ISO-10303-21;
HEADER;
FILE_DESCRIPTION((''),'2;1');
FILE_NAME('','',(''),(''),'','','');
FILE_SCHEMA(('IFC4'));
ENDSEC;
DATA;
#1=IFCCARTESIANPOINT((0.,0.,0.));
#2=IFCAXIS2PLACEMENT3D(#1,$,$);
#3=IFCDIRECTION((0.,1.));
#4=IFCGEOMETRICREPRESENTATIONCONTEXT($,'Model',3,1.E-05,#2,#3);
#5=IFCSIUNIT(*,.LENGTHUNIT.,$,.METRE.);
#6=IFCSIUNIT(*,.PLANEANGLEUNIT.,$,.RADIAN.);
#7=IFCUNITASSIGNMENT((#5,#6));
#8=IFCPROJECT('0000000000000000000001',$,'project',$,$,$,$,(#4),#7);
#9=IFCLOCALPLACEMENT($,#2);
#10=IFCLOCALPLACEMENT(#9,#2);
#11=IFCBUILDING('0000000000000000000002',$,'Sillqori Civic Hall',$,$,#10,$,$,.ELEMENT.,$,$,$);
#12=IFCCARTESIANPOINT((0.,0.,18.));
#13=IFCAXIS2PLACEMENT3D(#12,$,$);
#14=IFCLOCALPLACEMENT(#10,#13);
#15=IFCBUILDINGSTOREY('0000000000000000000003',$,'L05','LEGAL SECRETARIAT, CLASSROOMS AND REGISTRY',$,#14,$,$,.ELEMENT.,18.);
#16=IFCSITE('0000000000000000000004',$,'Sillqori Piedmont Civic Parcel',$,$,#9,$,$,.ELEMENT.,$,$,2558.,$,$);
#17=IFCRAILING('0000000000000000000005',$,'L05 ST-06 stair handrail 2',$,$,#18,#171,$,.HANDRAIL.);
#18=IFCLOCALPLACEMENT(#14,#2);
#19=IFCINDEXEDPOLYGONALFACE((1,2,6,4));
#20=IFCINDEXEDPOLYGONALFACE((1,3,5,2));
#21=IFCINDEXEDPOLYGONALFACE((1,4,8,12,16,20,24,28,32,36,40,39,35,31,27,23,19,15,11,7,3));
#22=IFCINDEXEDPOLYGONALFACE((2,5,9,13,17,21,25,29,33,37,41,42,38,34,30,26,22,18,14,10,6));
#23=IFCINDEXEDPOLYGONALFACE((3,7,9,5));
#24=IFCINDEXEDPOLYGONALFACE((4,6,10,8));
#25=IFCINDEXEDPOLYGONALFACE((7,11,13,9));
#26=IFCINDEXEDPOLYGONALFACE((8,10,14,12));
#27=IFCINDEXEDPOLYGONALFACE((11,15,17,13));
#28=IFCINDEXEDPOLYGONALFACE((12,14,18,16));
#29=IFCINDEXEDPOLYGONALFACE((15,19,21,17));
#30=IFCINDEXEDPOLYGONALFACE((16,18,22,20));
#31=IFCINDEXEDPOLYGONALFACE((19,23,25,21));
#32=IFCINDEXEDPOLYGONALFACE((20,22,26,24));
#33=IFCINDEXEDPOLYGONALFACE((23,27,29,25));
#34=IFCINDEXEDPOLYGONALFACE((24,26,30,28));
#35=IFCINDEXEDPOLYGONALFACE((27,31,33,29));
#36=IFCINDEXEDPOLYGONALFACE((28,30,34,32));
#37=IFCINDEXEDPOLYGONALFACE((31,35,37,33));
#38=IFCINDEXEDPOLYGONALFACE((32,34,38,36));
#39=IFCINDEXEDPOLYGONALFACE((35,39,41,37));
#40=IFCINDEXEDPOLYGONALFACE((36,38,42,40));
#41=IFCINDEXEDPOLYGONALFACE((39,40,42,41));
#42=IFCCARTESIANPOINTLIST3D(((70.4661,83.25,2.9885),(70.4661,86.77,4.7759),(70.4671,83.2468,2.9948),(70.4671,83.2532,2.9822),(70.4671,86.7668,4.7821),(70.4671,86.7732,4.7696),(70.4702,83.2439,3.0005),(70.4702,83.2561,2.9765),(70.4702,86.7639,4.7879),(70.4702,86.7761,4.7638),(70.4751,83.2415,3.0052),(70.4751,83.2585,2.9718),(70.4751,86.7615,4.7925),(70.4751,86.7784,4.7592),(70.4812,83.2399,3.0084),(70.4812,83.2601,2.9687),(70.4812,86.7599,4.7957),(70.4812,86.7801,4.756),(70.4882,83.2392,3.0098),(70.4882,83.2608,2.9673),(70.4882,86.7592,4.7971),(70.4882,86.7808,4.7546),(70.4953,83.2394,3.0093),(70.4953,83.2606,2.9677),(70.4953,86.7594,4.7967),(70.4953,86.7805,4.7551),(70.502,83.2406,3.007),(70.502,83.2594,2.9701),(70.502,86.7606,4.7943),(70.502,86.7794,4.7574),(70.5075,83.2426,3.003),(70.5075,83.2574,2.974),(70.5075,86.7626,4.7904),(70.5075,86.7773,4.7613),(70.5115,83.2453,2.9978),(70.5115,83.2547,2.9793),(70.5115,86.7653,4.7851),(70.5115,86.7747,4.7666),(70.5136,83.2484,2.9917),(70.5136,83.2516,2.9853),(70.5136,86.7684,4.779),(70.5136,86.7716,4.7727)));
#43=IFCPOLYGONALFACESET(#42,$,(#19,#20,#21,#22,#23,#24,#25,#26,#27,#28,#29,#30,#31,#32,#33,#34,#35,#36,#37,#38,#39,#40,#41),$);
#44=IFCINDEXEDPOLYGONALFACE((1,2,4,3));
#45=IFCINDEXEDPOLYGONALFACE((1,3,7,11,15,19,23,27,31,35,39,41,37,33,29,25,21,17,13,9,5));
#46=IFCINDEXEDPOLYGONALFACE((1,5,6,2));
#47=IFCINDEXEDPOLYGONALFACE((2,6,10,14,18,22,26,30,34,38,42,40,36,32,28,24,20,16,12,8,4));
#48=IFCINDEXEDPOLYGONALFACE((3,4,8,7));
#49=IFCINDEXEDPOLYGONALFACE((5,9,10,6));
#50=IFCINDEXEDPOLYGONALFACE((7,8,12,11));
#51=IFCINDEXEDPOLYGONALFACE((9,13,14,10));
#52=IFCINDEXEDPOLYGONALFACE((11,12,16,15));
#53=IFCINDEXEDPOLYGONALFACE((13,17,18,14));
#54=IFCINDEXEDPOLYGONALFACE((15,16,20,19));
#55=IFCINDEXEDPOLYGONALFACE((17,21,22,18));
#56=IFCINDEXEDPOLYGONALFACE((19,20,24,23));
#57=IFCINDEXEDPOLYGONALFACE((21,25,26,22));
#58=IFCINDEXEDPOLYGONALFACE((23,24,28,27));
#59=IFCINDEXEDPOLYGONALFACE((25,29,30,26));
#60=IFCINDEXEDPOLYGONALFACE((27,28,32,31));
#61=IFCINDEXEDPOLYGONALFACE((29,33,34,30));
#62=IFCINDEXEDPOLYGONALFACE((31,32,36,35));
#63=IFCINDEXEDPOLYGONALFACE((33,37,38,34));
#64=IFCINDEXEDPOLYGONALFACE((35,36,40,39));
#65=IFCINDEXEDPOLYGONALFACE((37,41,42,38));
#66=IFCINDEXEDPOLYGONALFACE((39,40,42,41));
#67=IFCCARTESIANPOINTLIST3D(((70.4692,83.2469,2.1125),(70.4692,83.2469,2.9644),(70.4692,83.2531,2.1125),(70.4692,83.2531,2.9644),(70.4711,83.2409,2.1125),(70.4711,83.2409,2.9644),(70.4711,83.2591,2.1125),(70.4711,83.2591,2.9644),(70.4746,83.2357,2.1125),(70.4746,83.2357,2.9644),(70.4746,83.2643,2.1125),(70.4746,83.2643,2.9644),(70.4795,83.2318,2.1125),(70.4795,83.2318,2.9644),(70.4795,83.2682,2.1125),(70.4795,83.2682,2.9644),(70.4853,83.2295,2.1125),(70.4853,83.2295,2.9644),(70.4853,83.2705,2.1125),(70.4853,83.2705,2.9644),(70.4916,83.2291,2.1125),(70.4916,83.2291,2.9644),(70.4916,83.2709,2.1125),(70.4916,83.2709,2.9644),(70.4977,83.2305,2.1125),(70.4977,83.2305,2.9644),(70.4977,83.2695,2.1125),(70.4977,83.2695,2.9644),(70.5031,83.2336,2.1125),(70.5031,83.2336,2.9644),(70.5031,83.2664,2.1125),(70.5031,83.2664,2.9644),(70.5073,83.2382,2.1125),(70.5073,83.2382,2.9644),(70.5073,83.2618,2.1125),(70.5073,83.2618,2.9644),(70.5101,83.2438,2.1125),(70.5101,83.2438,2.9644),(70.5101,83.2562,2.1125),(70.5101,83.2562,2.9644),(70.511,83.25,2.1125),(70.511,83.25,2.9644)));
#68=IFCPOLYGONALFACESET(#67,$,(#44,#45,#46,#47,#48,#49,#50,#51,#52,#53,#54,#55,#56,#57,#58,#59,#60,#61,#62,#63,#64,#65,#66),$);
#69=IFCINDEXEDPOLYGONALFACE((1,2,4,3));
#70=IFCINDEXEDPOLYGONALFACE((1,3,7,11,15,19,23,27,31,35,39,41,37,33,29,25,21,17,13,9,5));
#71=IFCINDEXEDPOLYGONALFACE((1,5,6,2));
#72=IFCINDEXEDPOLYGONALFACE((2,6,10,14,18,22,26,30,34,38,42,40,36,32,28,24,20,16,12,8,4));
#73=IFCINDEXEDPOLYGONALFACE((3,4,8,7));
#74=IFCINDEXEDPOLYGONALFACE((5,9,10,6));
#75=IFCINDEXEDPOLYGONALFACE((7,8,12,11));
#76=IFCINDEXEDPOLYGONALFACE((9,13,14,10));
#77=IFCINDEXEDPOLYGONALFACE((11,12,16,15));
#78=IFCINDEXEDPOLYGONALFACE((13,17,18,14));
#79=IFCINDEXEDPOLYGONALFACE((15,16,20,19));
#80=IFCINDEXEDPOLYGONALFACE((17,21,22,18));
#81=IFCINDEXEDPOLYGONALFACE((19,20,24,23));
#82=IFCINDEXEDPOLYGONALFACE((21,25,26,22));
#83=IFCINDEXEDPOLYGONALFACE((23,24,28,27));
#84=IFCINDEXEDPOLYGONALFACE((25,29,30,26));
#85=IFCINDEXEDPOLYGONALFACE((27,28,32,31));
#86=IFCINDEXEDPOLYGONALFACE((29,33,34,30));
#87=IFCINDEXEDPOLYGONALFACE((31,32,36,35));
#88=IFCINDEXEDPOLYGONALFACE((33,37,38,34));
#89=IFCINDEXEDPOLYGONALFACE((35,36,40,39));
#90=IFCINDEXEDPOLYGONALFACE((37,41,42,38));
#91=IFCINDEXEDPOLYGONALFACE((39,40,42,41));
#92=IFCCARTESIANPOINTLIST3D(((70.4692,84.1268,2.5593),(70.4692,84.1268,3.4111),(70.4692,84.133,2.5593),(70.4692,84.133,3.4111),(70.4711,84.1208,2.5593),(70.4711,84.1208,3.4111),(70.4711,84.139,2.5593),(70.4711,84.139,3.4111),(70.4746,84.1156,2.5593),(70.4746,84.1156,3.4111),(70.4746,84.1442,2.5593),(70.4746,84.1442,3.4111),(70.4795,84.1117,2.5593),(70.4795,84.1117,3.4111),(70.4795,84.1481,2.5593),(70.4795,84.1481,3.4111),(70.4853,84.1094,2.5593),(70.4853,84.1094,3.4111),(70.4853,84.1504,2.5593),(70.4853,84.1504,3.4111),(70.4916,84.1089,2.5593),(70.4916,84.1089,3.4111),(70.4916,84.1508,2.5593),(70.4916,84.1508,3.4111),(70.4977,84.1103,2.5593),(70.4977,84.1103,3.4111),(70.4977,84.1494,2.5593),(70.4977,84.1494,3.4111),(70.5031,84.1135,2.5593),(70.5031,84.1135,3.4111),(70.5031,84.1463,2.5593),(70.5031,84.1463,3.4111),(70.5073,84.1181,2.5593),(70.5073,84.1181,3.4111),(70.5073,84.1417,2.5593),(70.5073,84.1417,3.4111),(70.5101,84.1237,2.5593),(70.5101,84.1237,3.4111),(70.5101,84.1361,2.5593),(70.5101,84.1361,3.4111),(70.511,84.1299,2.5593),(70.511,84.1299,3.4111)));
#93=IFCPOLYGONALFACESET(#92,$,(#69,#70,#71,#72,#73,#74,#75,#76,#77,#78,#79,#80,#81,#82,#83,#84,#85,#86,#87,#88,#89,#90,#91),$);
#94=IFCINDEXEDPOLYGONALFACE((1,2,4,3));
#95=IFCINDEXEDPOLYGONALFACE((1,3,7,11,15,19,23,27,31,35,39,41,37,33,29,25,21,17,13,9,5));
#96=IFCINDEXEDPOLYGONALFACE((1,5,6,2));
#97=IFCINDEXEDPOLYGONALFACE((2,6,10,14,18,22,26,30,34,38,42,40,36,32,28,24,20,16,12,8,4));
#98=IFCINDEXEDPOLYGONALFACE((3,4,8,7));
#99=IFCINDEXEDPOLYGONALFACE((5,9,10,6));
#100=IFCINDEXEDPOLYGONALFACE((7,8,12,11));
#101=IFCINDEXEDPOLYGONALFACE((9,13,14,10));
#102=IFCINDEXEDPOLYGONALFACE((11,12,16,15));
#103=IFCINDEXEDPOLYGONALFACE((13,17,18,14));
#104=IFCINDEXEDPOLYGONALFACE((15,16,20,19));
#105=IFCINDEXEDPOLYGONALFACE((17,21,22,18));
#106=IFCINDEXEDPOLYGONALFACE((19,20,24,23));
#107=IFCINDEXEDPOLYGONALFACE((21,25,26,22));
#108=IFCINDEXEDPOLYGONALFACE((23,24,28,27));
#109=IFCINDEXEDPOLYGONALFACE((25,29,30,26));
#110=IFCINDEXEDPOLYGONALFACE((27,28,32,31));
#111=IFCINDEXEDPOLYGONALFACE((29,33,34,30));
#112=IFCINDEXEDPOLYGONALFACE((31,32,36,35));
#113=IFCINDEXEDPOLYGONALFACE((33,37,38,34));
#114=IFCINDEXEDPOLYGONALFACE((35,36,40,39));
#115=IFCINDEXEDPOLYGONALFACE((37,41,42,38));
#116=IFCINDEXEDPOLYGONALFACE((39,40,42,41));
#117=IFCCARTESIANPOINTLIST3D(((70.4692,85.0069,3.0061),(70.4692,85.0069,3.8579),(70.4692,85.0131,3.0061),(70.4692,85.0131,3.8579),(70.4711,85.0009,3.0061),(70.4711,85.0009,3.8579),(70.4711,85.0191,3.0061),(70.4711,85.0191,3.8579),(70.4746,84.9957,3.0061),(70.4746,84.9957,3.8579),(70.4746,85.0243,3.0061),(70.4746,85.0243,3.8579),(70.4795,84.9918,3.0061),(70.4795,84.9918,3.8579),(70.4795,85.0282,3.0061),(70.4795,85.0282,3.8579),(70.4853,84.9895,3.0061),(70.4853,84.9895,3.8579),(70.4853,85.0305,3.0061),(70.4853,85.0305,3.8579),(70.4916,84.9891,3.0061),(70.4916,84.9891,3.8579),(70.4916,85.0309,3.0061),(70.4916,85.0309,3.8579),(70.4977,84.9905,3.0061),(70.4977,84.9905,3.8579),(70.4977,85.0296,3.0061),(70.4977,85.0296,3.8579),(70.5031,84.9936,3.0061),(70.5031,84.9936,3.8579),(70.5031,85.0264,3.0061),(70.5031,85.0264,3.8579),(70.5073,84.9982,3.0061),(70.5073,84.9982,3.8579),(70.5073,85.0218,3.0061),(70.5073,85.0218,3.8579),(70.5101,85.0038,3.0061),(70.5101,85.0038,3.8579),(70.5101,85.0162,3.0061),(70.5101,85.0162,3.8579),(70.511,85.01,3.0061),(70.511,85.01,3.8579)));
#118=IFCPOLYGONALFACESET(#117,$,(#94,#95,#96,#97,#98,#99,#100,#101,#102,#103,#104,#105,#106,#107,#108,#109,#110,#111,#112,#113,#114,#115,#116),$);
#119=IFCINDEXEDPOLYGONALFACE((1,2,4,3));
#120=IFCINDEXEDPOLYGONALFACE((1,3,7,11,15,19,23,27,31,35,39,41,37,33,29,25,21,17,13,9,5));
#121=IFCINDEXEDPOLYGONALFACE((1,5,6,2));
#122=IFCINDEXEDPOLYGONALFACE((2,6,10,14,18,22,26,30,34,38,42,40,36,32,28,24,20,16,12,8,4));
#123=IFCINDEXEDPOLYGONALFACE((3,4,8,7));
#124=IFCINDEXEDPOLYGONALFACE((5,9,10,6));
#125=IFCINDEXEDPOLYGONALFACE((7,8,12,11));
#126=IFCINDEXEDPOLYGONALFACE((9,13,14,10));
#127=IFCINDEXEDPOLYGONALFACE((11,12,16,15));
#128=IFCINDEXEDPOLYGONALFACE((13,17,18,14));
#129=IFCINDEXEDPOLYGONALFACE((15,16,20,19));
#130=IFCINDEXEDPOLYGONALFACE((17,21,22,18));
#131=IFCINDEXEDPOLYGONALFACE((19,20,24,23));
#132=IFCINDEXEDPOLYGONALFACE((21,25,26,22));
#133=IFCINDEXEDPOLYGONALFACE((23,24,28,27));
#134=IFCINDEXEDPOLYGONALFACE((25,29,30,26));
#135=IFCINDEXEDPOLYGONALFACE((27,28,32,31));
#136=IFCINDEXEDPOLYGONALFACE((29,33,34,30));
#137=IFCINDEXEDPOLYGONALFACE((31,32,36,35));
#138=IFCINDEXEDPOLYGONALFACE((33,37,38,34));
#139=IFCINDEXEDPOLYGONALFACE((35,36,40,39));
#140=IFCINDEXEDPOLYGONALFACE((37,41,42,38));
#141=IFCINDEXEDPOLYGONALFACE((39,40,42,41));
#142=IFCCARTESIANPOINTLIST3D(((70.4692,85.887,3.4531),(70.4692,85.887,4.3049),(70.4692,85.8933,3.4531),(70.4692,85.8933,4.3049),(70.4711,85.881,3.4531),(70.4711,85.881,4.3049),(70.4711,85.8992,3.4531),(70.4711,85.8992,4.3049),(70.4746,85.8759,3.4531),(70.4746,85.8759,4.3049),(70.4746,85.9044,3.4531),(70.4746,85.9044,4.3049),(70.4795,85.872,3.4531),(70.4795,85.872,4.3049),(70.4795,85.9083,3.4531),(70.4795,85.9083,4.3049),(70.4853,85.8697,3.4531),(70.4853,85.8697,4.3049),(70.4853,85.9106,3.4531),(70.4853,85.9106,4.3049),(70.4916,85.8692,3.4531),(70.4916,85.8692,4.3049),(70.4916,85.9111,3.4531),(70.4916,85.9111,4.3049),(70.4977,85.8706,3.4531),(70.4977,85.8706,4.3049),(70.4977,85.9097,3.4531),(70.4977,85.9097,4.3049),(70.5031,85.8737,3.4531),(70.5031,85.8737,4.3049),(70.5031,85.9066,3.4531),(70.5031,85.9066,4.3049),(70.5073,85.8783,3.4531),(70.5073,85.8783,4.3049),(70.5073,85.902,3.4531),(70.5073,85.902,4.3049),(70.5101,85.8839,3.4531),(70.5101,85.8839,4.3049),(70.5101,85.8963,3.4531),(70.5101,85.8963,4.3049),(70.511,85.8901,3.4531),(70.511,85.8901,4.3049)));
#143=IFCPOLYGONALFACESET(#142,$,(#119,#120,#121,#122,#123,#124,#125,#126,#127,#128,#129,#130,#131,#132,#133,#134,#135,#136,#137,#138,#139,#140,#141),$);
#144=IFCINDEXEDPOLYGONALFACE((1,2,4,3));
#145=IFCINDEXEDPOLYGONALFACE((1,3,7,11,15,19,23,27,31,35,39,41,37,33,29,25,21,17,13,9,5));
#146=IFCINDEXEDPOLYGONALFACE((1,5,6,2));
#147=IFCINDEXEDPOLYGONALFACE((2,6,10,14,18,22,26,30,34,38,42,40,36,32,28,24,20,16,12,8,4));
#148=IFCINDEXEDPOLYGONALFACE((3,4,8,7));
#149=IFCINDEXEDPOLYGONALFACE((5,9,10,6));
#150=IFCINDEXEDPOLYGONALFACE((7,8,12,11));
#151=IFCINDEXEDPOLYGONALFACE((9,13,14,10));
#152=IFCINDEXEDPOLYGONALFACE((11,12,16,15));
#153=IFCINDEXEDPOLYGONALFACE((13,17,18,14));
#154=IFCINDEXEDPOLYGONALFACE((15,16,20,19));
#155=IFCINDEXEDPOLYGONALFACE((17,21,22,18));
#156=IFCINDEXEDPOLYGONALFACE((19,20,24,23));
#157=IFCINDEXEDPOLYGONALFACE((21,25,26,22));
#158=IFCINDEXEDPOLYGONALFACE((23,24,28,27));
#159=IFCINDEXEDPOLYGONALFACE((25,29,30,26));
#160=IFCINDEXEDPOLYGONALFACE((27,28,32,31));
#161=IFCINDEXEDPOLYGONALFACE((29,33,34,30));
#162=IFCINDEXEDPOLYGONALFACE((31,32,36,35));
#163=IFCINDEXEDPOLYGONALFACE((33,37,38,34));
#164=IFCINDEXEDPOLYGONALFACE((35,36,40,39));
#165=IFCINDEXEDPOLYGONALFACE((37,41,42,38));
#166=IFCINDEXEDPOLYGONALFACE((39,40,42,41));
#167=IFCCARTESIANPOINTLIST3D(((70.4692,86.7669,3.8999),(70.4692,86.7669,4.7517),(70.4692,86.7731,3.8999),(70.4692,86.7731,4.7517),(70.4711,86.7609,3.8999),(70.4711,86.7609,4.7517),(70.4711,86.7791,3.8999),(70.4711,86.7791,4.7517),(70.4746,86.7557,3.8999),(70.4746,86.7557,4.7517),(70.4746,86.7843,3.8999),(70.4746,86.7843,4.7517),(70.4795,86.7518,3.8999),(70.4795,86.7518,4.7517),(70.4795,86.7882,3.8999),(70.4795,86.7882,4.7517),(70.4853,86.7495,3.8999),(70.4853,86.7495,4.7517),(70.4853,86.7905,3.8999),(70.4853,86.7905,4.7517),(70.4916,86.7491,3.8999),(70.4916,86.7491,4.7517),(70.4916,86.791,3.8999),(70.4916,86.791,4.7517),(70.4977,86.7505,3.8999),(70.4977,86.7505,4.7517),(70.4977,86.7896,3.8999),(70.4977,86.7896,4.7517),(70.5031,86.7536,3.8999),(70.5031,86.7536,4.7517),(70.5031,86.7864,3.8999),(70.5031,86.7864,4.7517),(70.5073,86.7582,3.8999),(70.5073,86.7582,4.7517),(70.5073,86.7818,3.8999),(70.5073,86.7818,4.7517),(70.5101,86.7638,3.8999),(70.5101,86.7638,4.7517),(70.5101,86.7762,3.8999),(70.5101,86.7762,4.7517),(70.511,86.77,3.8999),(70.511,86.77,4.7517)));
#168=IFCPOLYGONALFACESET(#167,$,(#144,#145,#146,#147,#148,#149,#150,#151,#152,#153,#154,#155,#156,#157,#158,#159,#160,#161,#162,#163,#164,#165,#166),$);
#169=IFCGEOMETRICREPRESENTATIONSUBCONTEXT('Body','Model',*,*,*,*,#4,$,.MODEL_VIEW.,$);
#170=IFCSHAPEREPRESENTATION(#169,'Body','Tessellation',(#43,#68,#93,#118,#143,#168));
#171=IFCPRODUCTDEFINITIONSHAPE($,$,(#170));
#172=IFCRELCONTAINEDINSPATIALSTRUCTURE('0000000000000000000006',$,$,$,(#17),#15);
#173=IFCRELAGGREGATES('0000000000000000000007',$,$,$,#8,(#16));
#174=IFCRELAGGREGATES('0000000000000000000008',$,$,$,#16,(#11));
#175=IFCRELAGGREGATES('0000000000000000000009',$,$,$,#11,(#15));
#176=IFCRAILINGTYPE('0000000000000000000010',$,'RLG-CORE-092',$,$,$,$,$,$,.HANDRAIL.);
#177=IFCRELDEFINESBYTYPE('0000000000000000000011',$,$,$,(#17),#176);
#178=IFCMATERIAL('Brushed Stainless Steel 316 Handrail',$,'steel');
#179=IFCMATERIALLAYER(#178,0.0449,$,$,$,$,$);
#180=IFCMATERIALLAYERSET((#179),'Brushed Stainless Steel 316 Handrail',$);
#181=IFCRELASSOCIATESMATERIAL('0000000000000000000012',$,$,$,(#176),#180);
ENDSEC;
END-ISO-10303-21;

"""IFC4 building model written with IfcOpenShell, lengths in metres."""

from ifc_helpers import new_model, si_unit, direction, frame, origin, origin_2d, place, context, subcontext, project, spatial, circle, extrude, material, layer, layer_set, type_object, element, save


model = new_model("IFC4")

# Units and contexts
model_context = context("Model", 3, precision=1e-05, world=origin(), true_north=direction((0.0, 1.0)))
body_context = subcontext(model_context, "Body", "Model", "MODEL_VIEW")
ifc_project = project(units=[si_unit("LENGTHUNIT", "METRE"), si_unit("PLANEANGLEUNIT", "RADIAN")], contexts=[model_context])

# Site, building, storey
site_placement = place(None, origin())
site = spatial("IfcSite", under=ifc_project, at=site_placement, Name="Sillqori Piedmont Civic Parcel", CompositionType="ELEMENT", RefElevation=2558.0)
building_placement = place(site_placement, origin())
building = spatial("IfcBuilding", under=site, at=building_placement, Name="Sillqori Civic Hall", CompositionType="ELEMENT")
storey_placement = place(building_placement, frame((0.0, 0.0, 18.0)))
storey = spatial("IfcBuildingStorey", under=building, at=storey_placement, Name="L05", Description="LEGAL SECRETARIAT, CLASSROOMS AND REGISTRY", CompositionType="ELEMENT", Elevation=18.0)

# Railing
ifc_material_1 = material(Name="Brushed Stainless Steel 316 Handrail", Category="steel")
ifc_layer_1 = layer(ifc_material_1, 0.0449)
ifc_layer_set_1 = layer_set([ifc_layer_1], Name="Brushed Stainless Steel 316 Handrail")
railing_type_1 = type_object("IfcRailingType", Name="RLG-CORE-092", PredefinedType="HANDRAIL", material=ifc_layer_set_1)
railing_1_placement = place(storey_placement, frame((70.49, 83.25, 2.1125)))
element("IfcRailing", 1, at=railing_1_placement, inside=storey, type_object=railing_type_1, Name="L05 ST-06 stair handrail 2", PredefinedType="HANDRAIL", context=body_context, shape_type="SweptSolid", body=[
    extrude(circle(Radius=0.0239, at=origin_2d()), frame((0.0, 0.0, 0.876), z_axis=(0.0, 0.89164, 0.452746), x_axis=(-1.0, 0.0, 0.0)), (0.0, 0.0, 1.0), 3.9478),
    extrude(circle(Radius=0.021, at=origin_2d()), origin(), (0.0, 0.0, 1.0), 0.8518),
    extrude(circle(Radius=0.021, at=origin_2d()), frame((0.0, 0.8799, 0.4468)), (0.0, 0.0, 1.0), 0.8518),
    extrude(circle(Radius=0.021, at=origin_2d()), frame((0.0, 1.76, 0.8936)), (0.0, 0.0, 1.0), 0.8518),
    extrude(circle(Radius=0.021, at=origin_2d()), frame((0.0, 2.6401, 1.3406)), (0.0, 0.0, 1.0), 0.8518),
    extrude(circle(Radius=0.021, at=origin_2d()), frame((0.0, 3.52, 1.7874)), (0.0, 0.0, 1.0), 0.8518),
])

save(model, "model.ifc")
